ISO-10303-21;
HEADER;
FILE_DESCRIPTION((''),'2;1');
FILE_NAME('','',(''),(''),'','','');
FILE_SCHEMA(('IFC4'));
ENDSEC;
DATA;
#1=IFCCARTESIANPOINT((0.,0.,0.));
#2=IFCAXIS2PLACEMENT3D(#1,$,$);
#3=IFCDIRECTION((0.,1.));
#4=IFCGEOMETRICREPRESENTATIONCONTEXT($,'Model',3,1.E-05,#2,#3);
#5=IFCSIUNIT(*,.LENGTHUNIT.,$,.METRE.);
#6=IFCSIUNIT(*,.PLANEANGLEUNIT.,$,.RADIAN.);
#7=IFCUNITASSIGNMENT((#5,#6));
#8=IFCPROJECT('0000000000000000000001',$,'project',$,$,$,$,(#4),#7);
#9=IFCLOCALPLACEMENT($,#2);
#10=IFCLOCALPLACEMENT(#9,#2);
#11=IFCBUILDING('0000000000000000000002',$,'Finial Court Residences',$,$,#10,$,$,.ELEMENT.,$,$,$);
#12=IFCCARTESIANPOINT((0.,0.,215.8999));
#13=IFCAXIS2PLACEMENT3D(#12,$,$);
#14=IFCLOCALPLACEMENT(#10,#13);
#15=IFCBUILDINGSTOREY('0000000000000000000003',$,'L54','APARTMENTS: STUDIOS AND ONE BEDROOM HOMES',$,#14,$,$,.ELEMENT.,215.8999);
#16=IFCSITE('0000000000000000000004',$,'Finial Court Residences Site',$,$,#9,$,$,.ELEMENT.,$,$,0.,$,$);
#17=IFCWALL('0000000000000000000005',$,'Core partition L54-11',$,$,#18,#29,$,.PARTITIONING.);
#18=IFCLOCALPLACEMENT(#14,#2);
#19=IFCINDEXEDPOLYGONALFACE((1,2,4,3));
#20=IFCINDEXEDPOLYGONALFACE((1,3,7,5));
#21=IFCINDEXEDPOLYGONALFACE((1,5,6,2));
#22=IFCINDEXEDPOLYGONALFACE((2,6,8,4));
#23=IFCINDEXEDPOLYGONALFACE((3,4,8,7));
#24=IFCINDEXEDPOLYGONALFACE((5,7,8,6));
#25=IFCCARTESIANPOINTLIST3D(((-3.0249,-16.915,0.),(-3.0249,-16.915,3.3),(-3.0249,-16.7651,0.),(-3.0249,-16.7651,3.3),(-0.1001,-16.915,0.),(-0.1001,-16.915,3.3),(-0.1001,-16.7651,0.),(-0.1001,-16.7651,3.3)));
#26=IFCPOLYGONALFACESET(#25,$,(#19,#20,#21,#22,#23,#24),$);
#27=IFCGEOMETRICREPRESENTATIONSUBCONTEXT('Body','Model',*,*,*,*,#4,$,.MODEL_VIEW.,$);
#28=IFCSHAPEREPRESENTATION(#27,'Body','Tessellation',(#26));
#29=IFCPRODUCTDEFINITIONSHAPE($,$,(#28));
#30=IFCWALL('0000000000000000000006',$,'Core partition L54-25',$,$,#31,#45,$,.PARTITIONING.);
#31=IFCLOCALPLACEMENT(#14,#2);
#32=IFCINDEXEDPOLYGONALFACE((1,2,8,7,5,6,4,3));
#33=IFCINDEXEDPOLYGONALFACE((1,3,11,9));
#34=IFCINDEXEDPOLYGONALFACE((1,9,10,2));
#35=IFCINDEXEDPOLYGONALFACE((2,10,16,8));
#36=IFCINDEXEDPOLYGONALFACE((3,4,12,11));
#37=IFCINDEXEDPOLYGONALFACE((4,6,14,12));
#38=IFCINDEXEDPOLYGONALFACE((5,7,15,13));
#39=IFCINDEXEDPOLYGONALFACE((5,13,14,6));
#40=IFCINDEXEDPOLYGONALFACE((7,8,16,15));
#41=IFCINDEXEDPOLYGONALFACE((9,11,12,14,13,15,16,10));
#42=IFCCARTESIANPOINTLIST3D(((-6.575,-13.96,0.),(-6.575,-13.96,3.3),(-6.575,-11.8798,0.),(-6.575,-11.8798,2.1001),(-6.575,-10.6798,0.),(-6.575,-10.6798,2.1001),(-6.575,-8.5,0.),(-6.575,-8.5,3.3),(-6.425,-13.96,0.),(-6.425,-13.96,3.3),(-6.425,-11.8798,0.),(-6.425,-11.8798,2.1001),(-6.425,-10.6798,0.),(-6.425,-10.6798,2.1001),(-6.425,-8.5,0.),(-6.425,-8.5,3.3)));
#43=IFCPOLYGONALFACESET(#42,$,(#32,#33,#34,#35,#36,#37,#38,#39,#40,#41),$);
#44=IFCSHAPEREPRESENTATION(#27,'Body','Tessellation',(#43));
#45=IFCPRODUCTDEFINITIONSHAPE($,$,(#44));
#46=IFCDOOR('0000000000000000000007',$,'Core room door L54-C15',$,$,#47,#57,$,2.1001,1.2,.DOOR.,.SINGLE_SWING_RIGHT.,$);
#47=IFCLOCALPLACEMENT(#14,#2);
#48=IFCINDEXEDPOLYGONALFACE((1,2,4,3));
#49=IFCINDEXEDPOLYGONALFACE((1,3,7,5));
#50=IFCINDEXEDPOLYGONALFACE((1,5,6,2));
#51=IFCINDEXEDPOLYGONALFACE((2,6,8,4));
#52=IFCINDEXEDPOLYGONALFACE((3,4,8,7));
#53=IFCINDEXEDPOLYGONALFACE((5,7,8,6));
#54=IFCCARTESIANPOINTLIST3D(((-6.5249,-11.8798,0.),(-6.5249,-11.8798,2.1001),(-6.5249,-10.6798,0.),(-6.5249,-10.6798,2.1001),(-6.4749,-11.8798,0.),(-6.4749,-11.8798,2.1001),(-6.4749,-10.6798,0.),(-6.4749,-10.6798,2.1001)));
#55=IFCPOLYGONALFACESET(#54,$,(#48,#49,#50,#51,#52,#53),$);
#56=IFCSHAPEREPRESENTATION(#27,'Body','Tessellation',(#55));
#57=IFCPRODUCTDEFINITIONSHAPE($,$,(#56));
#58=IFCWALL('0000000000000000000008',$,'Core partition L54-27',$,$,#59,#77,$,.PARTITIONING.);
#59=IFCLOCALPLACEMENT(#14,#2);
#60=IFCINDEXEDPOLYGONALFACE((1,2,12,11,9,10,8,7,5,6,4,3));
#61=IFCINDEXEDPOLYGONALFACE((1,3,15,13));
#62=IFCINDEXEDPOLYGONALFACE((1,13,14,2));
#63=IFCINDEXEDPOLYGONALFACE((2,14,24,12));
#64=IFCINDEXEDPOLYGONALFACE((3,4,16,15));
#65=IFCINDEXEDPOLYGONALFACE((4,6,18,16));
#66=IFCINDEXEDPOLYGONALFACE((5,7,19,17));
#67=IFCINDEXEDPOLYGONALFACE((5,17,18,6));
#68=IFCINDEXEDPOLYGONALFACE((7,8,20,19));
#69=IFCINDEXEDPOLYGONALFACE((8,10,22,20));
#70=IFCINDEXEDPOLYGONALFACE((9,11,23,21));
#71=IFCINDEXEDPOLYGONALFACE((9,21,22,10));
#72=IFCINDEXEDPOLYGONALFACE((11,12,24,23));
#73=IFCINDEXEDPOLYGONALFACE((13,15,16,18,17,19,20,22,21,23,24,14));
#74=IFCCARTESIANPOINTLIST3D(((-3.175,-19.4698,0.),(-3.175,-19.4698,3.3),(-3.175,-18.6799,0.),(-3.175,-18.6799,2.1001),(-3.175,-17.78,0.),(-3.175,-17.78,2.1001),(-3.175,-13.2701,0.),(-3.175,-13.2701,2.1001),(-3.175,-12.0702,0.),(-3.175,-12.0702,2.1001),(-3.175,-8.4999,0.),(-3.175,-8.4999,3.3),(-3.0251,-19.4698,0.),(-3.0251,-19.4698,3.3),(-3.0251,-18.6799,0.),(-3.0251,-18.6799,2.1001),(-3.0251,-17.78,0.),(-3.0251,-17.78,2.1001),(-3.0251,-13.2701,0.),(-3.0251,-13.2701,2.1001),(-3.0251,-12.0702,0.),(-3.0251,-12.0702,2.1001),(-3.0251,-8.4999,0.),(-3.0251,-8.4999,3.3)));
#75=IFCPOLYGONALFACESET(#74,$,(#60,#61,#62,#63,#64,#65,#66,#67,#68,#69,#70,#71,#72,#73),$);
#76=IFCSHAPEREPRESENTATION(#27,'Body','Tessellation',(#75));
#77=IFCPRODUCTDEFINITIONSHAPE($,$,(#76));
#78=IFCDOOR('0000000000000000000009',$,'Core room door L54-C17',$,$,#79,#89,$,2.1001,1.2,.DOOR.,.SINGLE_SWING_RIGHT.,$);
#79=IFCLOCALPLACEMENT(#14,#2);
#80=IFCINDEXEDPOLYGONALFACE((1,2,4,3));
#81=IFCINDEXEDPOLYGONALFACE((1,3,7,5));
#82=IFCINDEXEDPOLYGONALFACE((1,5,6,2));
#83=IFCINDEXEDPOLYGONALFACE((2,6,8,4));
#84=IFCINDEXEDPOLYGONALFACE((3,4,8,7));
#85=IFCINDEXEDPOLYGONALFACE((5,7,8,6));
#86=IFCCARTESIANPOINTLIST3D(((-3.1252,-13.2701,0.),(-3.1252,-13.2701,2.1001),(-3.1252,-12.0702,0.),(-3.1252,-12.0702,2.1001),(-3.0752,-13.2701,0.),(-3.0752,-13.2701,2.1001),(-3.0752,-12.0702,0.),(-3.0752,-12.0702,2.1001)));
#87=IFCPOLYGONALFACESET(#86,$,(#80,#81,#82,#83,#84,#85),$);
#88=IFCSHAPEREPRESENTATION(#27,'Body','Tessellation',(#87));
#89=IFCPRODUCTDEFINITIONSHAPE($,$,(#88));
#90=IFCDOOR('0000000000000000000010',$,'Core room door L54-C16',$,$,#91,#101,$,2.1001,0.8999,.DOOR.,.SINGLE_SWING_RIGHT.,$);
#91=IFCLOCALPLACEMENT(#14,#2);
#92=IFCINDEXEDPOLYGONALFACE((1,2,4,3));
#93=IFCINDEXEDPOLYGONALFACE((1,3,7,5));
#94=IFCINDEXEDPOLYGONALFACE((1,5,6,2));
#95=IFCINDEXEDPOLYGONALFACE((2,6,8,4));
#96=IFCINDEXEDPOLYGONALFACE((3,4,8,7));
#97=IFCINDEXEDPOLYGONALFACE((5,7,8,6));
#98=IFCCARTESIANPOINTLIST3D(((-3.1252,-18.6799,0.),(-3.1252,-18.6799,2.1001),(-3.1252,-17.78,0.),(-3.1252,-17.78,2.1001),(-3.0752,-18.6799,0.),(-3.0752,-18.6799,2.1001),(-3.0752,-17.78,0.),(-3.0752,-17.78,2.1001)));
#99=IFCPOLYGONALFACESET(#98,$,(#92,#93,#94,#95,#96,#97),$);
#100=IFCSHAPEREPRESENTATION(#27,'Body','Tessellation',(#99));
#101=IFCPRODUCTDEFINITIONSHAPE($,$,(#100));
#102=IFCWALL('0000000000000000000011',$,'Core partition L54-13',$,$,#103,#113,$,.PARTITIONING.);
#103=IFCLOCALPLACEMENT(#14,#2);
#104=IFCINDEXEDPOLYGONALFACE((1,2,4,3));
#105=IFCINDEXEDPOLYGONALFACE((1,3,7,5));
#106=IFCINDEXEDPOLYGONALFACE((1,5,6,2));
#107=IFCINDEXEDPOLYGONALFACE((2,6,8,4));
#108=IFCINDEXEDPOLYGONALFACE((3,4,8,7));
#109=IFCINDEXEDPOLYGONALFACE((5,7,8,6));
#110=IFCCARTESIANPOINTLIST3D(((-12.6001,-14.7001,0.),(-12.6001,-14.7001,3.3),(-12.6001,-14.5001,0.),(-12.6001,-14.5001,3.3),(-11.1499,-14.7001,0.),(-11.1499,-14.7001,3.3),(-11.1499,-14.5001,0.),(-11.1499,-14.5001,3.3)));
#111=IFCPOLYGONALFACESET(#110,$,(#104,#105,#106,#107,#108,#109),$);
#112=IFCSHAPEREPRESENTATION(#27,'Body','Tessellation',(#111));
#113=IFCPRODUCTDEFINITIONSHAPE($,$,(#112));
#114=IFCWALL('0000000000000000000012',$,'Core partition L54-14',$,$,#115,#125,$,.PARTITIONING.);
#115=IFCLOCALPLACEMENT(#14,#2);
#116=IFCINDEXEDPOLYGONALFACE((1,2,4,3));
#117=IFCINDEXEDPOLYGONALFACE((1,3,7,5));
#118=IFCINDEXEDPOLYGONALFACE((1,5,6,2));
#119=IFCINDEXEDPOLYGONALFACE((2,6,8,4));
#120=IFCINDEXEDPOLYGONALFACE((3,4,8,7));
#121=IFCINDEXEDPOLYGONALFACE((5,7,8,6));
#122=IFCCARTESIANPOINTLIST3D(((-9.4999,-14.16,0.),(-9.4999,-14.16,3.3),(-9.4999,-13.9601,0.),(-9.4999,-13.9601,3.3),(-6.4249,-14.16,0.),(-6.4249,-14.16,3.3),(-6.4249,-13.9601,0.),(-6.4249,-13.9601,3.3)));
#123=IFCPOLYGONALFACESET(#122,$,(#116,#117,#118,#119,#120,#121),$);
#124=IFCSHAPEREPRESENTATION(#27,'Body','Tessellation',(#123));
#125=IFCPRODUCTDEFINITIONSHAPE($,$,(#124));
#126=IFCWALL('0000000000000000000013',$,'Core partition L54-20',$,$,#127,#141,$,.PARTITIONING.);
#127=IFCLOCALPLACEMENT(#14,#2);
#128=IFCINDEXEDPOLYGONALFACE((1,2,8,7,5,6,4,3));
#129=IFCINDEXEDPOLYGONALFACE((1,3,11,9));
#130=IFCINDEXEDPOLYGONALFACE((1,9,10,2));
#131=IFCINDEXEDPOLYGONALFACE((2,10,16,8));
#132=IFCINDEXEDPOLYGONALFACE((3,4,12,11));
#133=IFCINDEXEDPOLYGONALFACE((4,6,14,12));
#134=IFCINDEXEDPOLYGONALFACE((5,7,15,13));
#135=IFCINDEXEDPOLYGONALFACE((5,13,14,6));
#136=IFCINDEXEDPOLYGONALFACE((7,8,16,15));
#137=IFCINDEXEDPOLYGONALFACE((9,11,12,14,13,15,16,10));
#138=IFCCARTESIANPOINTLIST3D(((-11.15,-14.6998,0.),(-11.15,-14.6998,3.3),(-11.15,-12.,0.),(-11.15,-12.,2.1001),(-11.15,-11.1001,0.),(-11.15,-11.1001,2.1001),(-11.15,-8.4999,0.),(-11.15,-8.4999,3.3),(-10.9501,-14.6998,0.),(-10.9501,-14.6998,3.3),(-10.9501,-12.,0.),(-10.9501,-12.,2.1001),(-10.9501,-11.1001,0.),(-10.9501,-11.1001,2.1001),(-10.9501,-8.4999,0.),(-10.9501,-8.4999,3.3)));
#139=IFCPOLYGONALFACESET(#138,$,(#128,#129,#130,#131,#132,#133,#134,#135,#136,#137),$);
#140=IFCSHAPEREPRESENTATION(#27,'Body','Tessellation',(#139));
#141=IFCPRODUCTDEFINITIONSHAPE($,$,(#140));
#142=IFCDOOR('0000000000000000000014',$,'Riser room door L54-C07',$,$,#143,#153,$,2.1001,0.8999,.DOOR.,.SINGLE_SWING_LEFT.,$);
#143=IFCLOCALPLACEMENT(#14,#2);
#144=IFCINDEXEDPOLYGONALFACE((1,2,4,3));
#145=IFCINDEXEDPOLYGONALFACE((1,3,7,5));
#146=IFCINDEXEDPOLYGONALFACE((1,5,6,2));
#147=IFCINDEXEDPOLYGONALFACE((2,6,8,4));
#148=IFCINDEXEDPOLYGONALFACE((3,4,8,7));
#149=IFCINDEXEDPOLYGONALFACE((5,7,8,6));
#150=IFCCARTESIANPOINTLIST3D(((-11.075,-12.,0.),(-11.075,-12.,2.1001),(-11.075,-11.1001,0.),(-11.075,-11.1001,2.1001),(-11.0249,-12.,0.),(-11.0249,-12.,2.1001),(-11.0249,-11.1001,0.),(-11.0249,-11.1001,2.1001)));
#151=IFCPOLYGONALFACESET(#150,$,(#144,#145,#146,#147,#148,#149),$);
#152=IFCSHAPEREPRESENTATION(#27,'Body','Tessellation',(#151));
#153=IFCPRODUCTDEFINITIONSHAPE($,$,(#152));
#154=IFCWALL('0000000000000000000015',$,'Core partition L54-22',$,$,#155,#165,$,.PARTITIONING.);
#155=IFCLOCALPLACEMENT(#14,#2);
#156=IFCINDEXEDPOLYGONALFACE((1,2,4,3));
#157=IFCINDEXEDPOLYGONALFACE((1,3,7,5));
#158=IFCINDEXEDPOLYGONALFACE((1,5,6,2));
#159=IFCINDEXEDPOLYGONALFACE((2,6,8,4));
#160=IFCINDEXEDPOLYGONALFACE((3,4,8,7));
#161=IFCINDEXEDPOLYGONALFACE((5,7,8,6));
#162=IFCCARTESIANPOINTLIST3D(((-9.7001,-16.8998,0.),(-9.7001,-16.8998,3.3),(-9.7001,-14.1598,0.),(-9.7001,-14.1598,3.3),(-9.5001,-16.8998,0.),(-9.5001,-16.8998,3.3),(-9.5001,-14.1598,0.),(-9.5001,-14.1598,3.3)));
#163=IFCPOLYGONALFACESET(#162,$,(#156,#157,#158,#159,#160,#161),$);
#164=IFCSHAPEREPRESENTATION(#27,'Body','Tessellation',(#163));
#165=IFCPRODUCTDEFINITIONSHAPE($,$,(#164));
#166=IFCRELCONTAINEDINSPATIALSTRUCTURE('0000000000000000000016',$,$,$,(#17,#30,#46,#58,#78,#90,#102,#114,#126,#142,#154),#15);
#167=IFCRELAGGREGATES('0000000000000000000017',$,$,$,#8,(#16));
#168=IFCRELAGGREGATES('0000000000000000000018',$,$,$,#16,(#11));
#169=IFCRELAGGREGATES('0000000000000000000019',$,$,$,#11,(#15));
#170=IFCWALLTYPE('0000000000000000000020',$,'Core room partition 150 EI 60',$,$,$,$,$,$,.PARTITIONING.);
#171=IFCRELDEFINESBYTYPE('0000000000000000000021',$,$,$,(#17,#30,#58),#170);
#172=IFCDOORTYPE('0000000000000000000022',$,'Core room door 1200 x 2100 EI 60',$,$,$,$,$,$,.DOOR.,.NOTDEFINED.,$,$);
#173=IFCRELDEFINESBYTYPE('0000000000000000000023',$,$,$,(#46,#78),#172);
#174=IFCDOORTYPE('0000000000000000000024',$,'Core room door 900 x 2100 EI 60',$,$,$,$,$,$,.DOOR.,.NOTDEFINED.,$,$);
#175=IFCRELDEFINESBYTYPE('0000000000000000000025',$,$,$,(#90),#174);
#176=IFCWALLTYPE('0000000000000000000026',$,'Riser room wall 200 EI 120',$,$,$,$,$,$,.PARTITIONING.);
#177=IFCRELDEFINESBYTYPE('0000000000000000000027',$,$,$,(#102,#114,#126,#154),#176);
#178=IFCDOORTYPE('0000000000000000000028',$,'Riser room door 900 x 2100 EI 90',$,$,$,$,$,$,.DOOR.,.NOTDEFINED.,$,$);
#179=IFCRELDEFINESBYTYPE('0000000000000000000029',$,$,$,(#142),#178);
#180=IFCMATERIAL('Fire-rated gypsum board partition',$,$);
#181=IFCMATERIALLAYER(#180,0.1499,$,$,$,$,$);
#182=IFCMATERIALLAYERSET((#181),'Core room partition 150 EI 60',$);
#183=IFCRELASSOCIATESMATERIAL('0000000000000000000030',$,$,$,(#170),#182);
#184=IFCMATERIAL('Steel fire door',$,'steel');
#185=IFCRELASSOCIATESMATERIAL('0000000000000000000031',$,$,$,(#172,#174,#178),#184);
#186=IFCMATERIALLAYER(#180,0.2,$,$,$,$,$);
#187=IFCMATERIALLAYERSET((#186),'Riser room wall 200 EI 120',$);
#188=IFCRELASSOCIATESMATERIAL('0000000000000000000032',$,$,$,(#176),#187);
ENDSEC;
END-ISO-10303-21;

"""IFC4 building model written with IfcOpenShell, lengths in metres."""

from ifc_helpers import new_model, si_unit, direction, frame, frame_2d, origin, place, context, subcontext, project, spatial, rectangle, extrude, material, layer, layer_set, type_object, element, fill, save


model = new_model("IFC4")

# Units and contexts
model_context = context("Model", 3, precision=1e-05, world=origin(), true_north=direction((0.0, 1.0)))
body_context = subcontext(model_context, "Body", "Model", "MODEL_VIEW")
ifc_project = project(units=[si_unit("LENGTHUNIT", "METRE"), si_unit("PLANEANGLEUNIT", "RADIAN")], contexts=[model_context])

# Site, building, storey
site_placement = place(None, origin())
site = spatial("IfcSite", under=ifc_project, at=site_placement, Name="Finial Court Residences Site", CompositionType="ELEMENT", RefElevation=0.0)
building_placement = place(site_placement, origin())
building = spatial("IfcBuilding", under=site, at=building_placement, Name="Finial Court Residences", CompositionType="ELEMENT")
storey_placement = place(building_placement, frame((0.0, 0.0, 215.8999)))
storey = spatial("IfcBuildingStorey", under=building, at=storey_placement, Name="L54", Description="APARTMENTS: STUDIOS AND ONE BEDROOM HOMES", CompositionType="ELEMENT", Elevation=215.8999)

# Wall
ifc_material_1 = material(Name="Fire-rated gypsum board partition")
ifc_layer_1 = layer(ifc_material_1, 0.1499)
ifc_layer_set_1 = layer_set([ifc_layer_1], Name="Core room partition 150 EI 60")
wall_type_1 = type_object("IfcWallType", Name="Core room partition 150 EI 60", PredefinedType="PARTITIONING", material=ifc_layer_set_1)
wall_1_placement = place(storey_placement, frame((-3.0249, -16.8401, 0.0), z_axis=(0.0, 0.0, 1.0), x_axis=(1.0, 0.0, 0.0)))
element("IfcWall", 1, at=wall_1_placement, inside=storey, type_object=wall_type_1, Name="Core partition L54-11", PredefinedType="PARTITIONING", context=body_context, shape_type="SweptSolid", body=[
    extrude(rectangle(XDim=2.9248, YDim=0.1499, at=frame_2d((1.4624, 0.0))), origin(), (0.0, 0.0, 1.0), 3.3),
])

# Wall, opening, door
wall_2_placement = place(storey_placement, frame((-6.5, -13.96, 0.0), z_axis=(0.0, 0.0, 1.0), x_axis=(0.0, 1.0, 0.0)))
wall_2 = element("IfcWall", 2, at=wall_2_placement, inside=storey, type_object=wall_type_1, Name="Core partition L54-25", PredefinedType="PARTITIONING", context=body_context, shape_type="SweptSolid", body=[
    extrude(rectangle(XDim=5.46, YDim=0.1499, at=frame_2d((2.73, 0.0))), origin(), (0.0, 0.0, 1.0), 3.3),
])
opening_1_placement = place(wall_2_placement, frame((2.0801, 0.0, 0.0)))
opening_1 = element("IfcOpeningElement", 3, at=opening_1_placement, cuts=wall_2, PredefinedType="OPENING", context=body_context, shape_type="SweptSolid", body=[
    extrude(rectangle(XDim=1.2, YDim=2.1001, at=frame_2d((0.6001, 1.05))), frame((0.0, 0.085, 0.0), z_axis=(0.0, -1.0, 0.0), x_axis=(1.0, 0.0, 0.0)), (0.0, 0.0, 1.0), 0.1699),
])
ifc_material_2 = material(Name="Steel fire door", Category="steel")
door_type_1 = type_object("IfcDoorType", Name="Core room door 1200 x 2100 EI 60", OperationType="NOTDEFINED", PredefinedType="DOOR", material=ifc_material_2)
door_1_placement = place(opening_1_placement, origin())
door_1 = element("IfcDoor", 4, at=door_1_placement, inside=storey, type_object=door_type_1, Name="Core room door L54-C15", OperationType="SINGLE_SWING_RIGHT", OverallHeight=2.1001, OverallWidth=1.2, PredefinedType="DOOR", context=body_context, shape_type="SweptSolid", body=[
    extrude(rectangle(XDim=1.2, YDim=2.1001, at=frame_2d((0.6001, 1.05))), frame((0.0, 0.0249, 0.0), z_axis=(0.0, -1.0, 0.0), x_axis=(1.0, 0.0, 0.0)), (0.0, 0.0, 1.0), 0.05),
])
fill(opening_1, door_1)

# Wall, openings, doors
wall_3_placement = place(storey_placement, frame((-3.1001, -8.5, 0.0), z_axis=(0.0, 0.0, 1.0), x_axis=(0.0, -1.0, 0.0)))
wall_3 = element("IfcWall", 5, at=wall_3_placement, inside=storey, type_object=wall_type_1, Name="Core partition L54-27", PredefinedType="PARTITIONING", context=body_context, shape_type="SweptSolid", body=[
    extrude(rectangle(XDim=10.97, YDim=0.1499, at=frame_2d((5.4849, 0.0))), origin(), (0.0, 0.0, 1.0), 3.3),
])
opening_2_placement = place(wall_3_placement, frame((9.28, 0.0, 0.0)))
opening_2 = element("IfcOpeningElement", 6, at=opening_2_placement, cuts=wall_3, PredefinedType="OPENING", context=body_context, shape_type="SweptSolid", body=[
    extrude(rectangle(XDim=0.8999, YDim=2.1001, at=frame_2d((0.45, 1.05))), frame((0.0, 0.085, 0.0), z_axis=(0.0, -1.0, 0.0), x_axis=(1.0, 0.0, 0.0)), (0.0, 0.0, 1.0), 0.1699),
])
opening_3_placement = place(wall_3_placement, frame((3.5701, 0.0, 0.0)))
opening_3 = element("IfcOpeningElement", 7, at=opening_3_placement, cuts=wall_3, PredefinedType="OPENING", context=body_context, shape_type="SweptSolid", body=[
    extrude(rectangle(XDim=1.2, YDim=2.1001, at=frame_2d((0.6001, 1.05))), frame((0.0, 0.085, 0.0), z_axis=(0.0, -1.0, 0.0), x_axis=(1.0, 0.0, 0.0)), (0.0, 0.0, 1.0), 0.1699),
])
door_2_placement = place(opening_3_placement, origin())
door_2 = element("IfcDoor", 8, at=door_2_placement, inside=storey, type_object=door_type_1, Name="Core room door L54-C17", OperationType="SINGLE_SWING_RIGHT", OverallHeight=2.1001, OverallWidth=1.2, PredefinedType="DOOR", context=body_context, shape_type="SweptSolid", body=[
    extrude(rectangle(XDim=1.2, YDim=2.1001, at=frame_2d((0.6001, 1.05))), frame((0.0, 0.0249, 0.0), z_axis=(0.0, -1.0, 0.0), x_axis=(1.0, 0.0, 0.0)), (0.0, 0.0, 1.0), 0.05),
])
fill(opening_3, door_2)
door_type_2 = type_object("IfcDoorType", Name="Core room door 900 x 2100 EI 60", OperationType="NOTDEFINED", PredefinedType="DOOR", material=ifc_material_2)
door_3_placement = place(opening_2_placement, origin())
door_3 = element("IfcDoor", 9, at=door_3_placement, inside=storey, type_object=door_type_2, Name="Core room door L54-C16", OperationType="SINGLE_SWING_RIGHT", OverallHeight=2.1001, OverallWidth=0.8999, PredefinedType="DOOR", context=body_context, shape_type="SweptSolid", body=[
    extrude(rectangle(XDim=0.8999, YDim=2.1001, at=frame_2d((0.45, 1.05))), frame((0.0, 0.0249, 0.0), z_axis=(0.0, -1.0, 0.0), x_axis=(1.0, 0.0, 0.0)), (0.0, 0.0, 1.0), 0.05),
])
fill(opening_2, door_3)

# Walls
ifc_layer_2 = layer(ifc_material_1, 0.2)
ifc_layer_set_2 = layer_set([ifc_layer_2], Name="Riser room wall 200 EI 120")
wall_type_2 = type_object("IfcWallType", Name="Riser room wall 200 EI 120", PredefinedType="PARTITIONING", material=ifc_layer_set_2)
wall_4_placement = place(storey_placement, frame((-12.6001, -14.6001, 0.0), z_axis=(0.0, 0.0, 1.0), x_axis=(1.0, 0.0, 0.0)))
element("IfcWall", 10, at=wall_4_placement, inside=storey, type_object=wall_type_2, Name="Core partition L54-13", PredefinedType="PARTITIONING", context=body_context, shape_type="SweptSolid", body=[
    extrude(rectangle(XDim=1.4502, YDim=0.2, at=frame_2d((0.7251, 0.0))), origin(), (0.0, 0.0, 1.0), 3.3),
])
wall_5_placement = place(storey_placement, frame((-9.5, -14.0601, 0.0), z_axis=(0.0, 0.0, 1.0), x_axis=(1.0, 0.0, 0.0)))
element("IfcWall", 11, at=wall_5_placement, inside=storey, type_object=wall_type_2, Name="Core partition L54-14", PredefinedType="PARTITIONING", context=body_context, shape_type="SweptSolid", body=[
    extrude(rectangle(XDim=3.075, YDim=0.2, at=frame_2d((1.5376, 0.0))), origin(), (0.0, 0.0, 1.0), 3.3),
])

# Wall, opening, door
wall_6_placement = place(storey_placement, frame((-11.05, -14.7, 0.0), z_axis=(0.0, 0.0, 1.0), x_axis=(0.0, 1.0, 0.0)))
wall_6 = element("IfcWall", 12, at=wall_6_placement, inside=storey, type_object=wall_type_2, Name="Core partition L54-20", PredefinedType="PARTITIONING", context=body_context, shape_type="SweptSolid", body=[
    extrude(rectangle(XDim=6.2, YDim=0.2, at=frame_2d((3.1001, 0.0))), origin(), (0.0, 0.0, 1.0), 3.3),
])
opening_4_placement = place(wall_6_placement, frame((2.7, 0.0, 0.0)))
opening_4 = element("IfcOpeningElement", 13, at=opening_4_placement, cuts=wall_6, PredefinedType="OPENING", context=body_context, shape_type="SweptSolid", body=[
    extrude(rectangle(XDim=0.8999, YDim=2.1001, at=frame_2d((0.45, 1.05))), frame((0.0, 0.1099, 0.0), z_axis=(0.0, -1.0, 0.0), x_axis=(1.0, 0.0, 0.0)), (0.0, 0.0, 1.0), 0.22),
])
door_type_3 = type_object("IfcDoorType", Name="Riser room door 900 x 2100 EI 90", OperationType="NOTDEFINED", PredefinedType="DOOR", material=ifc_material_2)
door_4_placement = place(opening_4_placement, origin())
door_4 = element("IfcDoor", 14, at=door_4_placement, inside=storey, type_object=door_type_3, Name="Riser room door L54-C07", OperationType="SINGLE_SWING_LEFT", OverallHeight=2.1001, OverallWidth=0.8999, PredefinedType="DOOR", context=body_context, shape_type="SweptSolid", body=[
    extrude(rectangle(XDim=0.8999, YDim=2.1001, at=frame_2d((0.45, 1.05))), frame((0.0, 0.0249, 0.0), z_axis=(0.0, -1.0, 0.0), x_axis=(1.0, 0.0, 0.0)), (0.0, 0.0, 1.0), 0.05),
])
fill(opening_4, door_4)

# Wall
wall_7_placement = place(storey_placement, frame((-9.6001, -16.8999, 0.0), z_axis=(0.0, 0.0, 1.0), x_axis=(0.0, 1.0, 0.0)))
element("IfcWall", 15, at=wall_7_placement, inside=storey, type_object=wall_type_2, Name="Core partition L54-22", PredefinedType="PARTITIONING", context=body_context, shape_type="SweptSolid", body=[
    extrude(rectangle(XDim=2.74, YDim=0.2, at=frame_2d((1.3701, 0.0))), origin(), (0.0, 0.0, 1.0), 3.3),
])

save(model, "model.ifc")
